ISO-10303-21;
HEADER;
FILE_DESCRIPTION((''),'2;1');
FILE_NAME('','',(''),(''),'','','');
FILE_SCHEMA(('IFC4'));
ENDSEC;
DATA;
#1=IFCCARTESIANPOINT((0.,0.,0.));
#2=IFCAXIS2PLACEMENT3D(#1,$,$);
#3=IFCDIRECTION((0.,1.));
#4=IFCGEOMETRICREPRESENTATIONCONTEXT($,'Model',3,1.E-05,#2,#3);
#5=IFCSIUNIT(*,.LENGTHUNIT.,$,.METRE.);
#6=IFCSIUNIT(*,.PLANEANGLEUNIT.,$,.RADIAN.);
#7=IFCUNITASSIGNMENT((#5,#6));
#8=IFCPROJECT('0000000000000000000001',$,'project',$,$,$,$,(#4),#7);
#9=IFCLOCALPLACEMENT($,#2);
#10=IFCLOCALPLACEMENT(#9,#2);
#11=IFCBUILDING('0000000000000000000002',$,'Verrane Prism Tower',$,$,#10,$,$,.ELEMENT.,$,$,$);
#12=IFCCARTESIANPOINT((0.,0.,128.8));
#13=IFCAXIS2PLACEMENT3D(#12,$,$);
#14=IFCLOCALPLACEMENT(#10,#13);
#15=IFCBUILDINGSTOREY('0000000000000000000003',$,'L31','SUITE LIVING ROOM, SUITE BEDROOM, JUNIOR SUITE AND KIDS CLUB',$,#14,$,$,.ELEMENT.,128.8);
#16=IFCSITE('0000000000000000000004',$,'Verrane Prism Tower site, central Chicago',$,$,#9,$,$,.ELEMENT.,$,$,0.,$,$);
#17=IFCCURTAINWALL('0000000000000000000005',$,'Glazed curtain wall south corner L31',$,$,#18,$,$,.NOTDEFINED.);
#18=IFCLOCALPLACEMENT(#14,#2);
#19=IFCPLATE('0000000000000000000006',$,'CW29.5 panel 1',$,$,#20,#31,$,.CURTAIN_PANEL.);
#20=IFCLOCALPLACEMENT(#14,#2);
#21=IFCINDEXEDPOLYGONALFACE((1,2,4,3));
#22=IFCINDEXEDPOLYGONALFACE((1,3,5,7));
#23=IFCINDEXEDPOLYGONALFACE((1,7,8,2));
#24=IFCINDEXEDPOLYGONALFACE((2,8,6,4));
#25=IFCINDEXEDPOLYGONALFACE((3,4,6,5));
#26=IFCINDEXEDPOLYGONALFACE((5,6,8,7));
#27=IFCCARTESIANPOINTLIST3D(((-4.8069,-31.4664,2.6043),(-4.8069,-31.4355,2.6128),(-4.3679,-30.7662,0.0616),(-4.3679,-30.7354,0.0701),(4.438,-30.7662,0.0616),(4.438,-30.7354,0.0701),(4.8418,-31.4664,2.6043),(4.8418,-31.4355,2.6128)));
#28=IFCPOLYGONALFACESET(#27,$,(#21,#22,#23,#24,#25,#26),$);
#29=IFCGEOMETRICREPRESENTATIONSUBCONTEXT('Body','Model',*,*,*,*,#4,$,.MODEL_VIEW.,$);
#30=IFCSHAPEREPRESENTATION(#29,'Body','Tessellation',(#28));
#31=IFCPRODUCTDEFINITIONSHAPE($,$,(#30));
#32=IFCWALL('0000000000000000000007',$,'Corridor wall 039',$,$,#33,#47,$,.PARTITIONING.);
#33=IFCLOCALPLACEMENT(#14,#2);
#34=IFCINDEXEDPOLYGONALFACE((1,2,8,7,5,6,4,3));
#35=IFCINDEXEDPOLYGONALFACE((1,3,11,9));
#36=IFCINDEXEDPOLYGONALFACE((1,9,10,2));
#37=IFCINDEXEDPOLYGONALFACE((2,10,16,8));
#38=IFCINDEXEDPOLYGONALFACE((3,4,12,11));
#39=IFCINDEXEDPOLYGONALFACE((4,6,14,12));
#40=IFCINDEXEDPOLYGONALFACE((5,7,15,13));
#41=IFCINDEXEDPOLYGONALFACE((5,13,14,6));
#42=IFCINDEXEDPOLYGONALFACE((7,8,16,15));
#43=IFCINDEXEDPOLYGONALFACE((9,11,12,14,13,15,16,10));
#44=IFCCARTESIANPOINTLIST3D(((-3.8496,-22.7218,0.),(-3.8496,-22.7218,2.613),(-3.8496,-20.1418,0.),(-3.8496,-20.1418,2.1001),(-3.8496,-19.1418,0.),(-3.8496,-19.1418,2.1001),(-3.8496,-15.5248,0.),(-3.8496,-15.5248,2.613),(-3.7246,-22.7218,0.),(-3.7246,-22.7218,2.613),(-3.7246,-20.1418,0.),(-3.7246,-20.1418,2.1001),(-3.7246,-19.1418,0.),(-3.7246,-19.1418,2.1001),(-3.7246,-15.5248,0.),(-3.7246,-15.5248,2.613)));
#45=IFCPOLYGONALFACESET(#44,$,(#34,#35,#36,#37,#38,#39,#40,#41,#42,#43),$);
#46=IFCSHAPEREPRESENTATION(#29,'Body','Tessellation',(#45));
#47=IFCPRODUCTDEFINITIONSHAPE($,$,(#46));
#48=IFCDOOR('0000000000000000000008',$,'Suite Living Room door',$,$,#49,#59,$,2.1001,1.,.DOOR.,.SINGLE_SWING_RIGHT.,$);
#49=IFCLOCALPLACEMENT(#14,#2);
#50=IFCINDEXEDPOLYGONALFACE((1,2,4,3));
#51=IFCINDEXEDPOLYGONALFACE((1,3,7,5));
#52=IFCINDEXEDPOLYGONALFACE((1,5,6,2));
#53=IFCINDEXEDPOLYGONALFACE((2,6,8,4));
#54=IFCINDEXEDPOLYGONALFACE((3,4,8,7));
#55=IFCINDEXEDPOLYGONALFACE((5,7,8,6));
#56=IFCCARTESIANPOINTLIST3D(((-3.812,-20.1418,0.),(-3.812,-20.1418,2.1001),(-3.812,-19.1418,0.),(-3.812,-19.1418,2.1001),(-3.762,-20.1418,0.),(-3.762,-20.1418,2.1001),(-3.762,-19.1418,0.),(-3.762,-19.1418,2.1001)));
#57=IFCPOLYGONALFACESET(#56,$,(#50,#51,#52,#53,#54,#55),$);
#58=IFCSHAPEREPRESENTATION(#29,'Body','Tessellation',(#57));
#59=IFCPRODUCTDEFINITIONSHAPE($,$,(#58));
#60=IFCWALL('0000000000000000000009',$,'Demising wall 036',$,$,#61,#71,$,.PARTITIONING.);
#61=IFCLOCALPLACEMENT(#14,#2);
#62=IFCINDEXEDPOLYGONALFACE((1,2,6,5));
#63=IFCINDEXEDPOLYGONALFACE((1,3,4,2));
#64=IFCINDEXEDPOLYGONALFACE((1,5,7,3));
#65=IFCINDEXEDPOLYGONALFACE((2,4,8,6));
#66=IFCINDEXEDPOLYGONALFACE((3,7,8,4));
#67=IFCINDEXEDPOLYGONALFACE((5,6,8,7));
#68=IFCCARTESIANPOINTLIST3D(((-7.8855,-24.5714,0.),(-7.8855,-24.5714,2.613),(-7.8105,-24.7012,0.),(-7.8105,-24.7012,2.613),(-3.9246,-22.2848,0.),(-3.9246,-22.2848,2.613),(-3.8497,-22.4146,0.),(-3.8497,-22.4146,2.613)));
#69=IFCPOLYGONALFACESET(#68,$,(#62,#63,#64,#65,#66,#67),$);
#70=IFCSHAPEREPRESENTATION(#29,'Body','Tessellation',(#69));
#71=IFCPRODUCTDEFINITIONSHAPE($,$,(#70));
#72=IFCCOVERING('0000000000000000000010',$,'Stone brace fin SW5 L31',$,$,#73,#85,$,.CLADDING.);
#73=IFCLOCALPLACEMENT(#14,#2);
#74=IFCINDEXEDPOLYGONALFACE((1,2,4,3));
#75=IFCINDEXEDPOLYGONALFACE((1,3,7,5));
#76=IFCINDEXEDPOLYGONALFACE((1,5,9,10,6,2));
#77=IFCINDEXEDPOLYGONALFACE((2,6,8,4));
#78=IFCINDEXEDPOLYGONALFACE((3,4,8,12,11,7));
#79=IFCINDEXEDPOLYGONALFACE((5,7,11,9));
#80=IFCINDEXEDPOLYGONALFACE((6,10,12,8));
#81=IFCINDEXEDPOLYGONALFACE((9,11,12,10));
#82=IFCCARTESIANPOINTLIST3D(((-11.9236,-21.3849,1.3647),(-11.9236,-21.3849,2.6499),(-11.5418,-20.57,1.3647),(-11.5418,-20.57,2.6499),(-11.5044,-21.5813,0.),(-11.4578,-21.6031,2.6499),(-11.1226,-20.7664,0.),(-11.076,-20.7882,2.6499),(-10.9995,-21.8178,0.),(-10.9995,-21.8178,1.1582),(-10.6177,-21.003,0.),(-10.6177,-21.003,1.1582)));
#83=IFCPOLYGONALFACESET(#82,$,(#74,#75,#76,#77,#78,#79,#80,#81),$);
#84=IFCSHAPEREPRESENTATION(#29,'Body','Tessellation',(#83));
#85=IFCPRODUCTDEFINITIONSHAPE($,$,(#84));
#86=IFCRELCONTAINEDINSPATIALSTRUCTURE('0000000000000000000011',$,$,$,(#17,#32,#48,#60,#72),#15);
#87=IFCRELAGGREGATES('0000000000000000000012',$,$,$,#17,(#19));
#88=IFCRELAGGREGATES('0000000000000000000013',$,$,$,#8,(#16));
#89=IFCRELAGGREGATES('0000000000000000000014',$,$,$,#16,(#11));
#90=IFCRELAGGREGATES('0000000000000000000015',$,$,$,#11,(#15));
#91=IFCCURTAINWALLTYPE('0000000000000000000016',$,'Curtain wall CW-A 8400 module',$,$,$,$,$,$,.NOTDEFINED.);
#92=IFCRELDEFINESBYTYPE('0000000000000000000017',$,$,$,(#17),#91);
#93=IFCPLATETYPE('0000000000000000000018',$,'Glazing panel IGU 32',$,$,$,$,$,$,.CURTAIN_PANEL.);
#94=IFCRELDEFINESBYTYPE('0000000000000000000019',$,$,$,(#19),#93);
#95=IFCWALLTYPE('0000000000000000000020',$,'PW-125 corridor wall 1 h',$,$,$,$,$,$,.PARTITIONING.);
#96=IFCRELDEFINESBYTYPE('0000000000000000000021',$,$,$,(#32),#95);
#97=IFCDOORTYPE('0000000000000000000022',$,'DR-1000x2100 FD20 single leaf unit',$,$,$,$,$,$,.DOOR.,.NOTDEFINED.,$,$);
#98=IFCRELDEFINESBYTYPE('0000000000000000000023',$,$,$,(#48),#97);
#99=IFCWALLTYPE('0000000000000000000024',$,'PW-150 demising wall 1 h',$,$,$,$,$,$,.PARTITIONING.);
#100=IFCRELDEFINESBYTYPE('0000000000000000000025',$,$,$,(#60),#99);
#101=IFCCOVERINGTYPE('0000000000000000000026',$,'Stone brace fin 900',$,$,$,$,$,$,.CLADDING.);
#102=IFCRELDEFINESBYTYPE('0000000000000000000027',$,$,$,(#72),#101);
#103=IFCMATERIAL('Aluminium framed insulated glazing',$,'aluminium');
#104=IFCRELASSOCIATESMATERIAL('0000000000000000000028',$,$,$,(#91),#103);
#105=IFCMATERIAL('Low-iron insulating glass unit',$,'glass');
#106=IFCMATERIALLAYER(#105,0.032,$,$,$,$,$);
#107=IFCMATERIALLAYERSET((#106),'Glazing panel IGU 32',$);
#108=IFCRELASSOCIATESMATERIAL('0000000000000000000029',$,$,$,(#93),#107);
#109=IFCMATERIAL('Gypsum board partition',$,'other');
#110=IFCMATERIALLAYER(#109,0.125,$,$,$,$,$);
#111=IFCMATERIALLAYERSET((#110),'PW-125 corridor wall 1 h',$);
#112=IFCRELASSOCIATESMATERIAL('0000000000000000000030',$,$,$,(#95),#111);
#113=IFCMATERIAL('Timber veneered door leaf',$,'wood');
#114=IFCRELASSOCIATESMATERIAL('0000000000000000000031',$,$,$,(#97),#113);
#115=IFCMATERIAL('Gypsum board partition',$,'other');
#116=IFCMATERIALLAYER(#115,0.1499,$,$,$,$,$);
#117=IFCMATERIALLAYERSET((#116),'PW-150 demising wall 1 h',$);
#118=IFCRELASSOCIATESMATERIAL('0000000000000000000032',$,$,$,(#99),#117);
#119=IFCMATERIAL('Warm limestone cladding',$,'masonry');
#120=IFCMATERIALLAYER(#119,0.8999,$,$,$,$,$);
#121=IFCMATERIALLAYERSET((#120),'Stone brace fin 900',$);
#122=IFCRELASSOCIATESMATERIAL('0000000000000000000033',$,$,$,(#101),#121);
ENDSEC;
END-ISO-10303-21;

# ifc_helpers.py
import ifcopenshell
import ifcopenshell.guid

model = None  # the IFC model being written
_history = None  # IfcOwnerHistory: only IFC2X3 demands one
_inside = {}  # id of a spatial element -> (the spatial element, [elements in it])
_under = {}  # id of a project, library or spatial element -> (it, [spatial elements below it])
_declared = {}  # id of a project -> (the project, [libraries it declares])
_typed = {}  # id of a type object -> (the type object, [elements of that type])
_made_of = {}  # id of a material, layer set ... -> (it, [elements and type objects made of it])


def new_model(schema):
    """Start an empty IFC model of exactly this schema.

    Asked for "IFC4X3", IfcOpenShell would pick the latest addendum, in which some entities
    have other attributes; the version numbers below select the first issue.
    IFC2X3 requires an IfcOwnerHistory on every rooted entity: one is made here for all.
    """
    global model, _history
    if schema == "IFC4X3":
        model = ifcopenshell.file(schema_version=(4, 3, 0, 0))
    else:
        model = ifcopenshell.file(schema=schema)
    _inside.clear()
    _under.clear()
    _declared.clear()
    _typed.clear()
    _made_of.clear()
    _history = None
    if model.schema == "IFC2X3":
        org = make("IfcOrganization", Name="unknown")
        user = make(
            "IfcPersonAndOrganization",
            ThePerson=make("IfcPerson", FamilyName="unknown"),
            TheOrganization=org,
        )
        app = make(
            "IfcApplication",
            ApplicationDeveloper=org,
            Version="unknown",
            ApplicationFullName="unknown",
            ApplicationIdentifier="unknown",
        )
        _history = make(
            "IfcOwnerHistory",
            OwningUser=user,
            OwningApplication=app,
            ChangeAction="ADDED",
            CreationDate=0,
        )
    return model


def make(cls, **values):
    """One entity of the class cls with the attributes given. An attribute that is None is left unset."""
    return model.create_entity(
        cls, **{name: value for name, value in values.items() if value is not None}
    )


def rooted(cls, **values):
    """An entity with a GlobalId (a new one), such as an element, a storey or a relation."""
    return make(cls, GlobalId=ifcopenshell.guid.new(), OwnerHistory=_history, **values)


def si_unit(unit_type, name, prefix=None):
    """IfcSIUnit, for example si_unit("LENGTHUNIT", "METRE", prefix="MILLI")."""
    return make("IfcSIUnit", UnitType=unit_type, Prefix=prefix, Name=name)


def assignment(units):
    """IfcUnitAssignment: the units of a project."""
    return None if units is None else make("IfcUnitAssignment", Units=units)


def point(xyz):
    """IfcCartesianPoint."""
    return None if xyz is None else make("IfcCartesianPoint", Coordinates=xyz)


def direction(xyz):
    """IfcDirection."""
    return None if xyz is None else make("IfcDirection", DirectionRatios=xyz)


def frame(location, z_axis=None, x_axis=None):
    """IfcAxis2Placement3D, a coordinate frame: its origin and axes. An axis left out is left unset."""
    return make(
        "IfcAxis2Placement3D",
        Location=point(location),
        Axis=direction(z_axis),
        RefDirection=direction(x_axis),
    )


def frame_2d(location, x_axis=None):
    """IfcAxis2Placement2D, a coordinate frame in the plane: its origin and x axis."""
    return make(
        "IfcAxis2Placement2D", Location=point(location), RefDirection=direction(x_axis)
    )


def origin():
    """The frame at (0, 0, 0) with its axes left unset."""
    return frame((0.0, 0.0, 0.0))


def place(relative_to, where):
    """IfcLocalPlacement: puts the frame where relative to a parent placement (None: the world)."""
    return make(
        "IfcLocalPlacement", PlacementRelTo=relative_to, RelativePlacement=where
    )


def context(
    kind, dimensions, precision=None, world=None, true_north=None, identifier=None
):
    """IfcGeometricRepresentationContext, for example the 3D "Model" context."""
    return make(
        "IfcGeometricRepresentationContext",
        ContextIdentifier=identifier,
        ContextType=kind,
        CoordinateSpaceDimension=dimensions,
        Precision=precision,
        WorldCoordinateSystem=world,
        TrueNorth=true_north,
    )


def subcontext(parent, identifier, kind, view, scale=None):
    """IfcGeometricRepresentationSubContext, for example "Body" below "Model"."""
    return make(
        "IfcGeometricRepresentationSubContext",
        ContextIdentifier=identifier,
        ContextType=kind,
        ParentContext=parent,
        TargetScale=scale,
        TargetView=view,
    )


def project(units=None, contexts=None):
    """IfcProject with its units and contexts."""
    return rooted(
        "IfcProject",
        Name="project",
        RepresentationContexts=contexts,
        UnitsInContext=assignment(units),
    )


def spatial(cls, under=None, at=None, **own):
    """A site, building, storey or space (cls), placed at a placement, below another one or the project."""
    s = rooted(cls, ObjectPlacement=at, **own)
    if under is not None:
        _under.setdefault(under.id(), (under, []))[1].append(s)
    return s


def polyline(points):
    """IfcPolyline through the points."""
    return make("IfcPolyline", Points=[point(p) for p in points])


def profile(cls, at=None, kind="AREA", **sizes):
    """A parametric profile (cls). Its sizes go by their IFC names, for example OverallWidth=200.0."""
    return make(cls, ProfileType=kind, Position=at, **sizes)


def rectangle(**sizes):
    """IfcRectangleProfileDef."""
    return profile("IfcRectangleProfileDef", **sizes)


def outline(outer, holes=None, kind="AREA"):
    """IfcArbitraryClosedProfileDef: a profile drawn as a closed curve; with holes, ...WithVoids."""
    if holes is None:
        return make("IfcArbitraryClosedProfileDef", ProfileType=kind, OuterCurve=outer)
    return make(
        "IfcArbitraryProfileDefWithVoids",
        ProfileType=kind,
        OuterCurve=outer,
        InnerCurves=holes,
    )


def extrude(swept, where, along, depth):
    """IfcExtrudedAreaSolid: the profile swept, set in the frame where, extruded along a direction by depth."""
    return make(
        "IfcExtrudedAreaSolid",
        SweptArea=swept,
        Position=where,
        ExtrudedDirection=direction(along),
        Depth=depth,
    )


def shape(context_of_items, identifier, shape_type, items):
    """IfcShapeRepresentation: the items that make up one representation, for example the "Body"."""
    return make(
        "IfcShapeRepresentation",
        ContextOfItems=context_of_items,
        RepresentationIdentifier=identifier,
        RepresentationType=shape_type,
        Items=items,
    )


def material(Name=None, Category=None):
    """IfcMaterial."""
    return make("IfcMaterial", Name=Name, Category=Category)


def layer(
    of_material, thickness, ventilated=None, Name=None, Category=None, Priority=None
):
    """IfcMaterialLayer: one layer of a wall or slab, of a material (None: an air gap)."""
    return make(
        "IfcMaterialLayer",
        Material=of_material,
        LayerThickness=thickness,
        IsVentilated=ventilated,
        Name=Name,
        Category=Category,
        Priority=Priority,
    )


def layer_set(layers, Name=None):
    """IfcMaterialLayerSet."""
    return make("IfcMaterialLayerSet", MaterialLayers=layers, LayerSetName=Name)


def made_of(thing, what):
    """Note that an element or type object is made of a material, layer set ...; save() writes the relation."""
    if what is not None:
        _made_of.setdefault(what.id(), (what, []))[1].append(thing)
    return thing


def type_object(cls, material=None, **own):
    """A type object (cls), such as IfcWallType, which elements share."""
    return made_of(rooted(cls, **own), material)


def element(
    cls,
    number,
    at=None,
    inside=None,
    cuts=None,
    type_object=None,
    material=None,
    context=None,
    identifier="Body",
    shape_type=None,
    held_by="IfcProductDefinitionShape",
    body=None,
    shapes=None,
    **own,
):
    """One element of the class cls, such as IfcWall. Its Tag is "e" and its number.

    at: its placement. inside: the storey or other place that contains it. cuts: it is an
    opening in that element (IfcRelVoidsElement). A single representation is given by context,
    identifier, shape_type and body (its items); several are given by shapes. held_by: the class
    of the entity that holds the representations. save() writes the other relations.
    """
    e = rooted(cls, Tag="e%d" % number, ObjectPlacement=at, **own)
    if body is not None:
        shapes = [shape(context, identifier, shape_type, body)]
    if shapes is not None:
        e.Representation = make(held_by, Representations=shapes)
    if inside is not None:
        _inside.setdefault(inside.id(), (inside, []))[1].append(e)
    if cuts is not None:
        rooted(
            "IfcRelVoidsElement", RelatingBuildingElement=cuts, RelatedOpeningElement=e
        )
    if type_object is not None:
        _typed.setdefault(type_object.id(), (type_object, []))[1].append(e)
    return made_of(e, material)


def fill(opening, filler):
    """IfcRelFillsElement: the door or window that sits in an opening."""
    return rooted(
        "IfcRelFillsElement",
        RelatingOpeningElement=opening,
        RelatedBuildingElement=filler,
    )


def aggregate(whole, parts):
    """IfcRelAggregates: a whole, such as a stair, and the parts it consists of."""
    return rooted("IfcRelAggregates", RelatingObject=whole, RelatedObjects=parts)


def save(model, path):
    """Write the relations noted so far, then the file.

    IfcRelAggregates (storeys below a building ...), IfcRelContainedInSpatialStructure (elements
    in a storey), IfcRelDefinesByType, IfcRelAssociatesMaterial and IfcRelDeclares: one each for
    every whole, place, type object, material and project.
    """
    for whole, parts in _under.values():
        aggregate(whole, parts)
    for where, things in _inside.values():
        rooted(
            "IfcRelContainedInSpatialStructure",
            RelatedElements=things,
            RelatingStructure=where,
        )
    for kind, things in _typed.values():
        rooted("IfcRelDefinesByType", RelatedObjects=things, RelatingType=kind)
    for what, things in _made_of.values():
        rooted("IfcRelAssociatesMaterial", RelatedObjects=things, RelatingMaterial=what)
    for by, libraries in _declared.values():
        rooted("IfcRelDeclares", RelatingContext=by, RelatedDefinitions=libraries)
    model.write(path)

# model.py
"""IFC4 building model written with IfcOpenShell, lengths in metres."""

from ifc_helpers import new_model, si_unit, direction, frame, frame_2d, origin, place, context, subcontext, project, spatial, polyline, rectangle, outline, extrude, material, layer, layer_set, type_object, element, fill, aggregate, save


model = new_model("IFC4")

# Units and contexts
model_context = context("Model", 3, precision=1e-05, world=origin(), true_north=direction((0.0, 1.0)))
body_context = subcontext(model_context, "Body", "Model", "MODEL_VIEW")
ifc_project = project(units=[si_unit("LENGTHUNIT", "METRE"), si_unit("PLANEANGLEUNIT", "RADIAN")], contexts=[model_context])

# Site, building, storey
site_placement = place(None, origin())
site = spatial("IfcSite", under=ifc_project, at=site_placement, Name="Verrane Prism Tower site, central Chicago", CompositionType="ELEMENT", RefElevation=0.0)
building_placement = place(site_placement, origin())
building = spatial("IfcBuilding", under=site, at=building_placement, Name="Verrane Prism Tower", CompositionType="ELEMENT")
storey_placement = place(building_placement, frame((0.0, 0.0, 128.8)))
storey = spatial("IfcBuildingStorey", under=building, at=storey_placement, Name="L31", Description="SUITE LIVING ROOM, SUITE BEDROOM, JUNIOR SUITE AND KIDS CLUB", CompositionType="ELEMENT", Elevation=128.8)

# Curtain wall
ifc_material_1 = material(Name="Aluminium framed insulated glazing", Category="aluminium")
curtain_wall_type_1 = type_object("IfcCurtainWallType", Name="Curtain wall CW-A 8400 module", PredefinedType="NOTDEFINED", material=ifc_material_1)
curtain_wall_1_placement = place(storey_placement, origin())
curtain_wall_1 = element("IfcCurtainWall", 1, at=curtain_wall_1_placement, inside=storey, type_object=curtain_wall_type_1, Name="Glazed curtain wall south corner L31", PredefinedType="NOTDEFINED")

# Plate
ifc_material_2 = material(Name="Low-iron insulating glass unit", Category="glass")
ifc_layer_1 = layer(ifc_material_2, 0.032)
ifc_layer_set_1 = layer_set([ifc_layer_1], Name="Glazing panel IGU 32")
plate_type_1 = type_object("IfcPlateType", Name="Glazing panel IGU 32", PredefinedType="CURTAIN_PANEL", material=ifc_layer_set_1)
plate_1_placement = place(storey_placement, frame((-4.3679, -30.7354, 0.0701), z_axis=(0.0, 0.964114, 0.26549), x_axis=(1.0, 0.0, 0.0)))
plate_1 = element("IfcPlate", 2, at=plate_1_placement, type_object=plate_type_1, Name="CW29.5 panel 1", PredefinedType="CURTAIN_PANEL", context=body_context, shape_type="SweptSolid", body=[
    extrude(outline(polyline([(0.0, 0.0), (8.8059, 0.0), (9.2097, -2.6374), (-0.439, -2.6374), (0.0, 0.0)])), origin(), (0.0, 0.0, -1.0), 0.032),
])
aggregate(curtain_wall_1, [plate_1])

# Wall, opening, door
ifc_material_3 = material(Name="Gypsum board partition", Category="other")
ifc_layer_2 = layer(ifc_material_3, 0.125)
ifc_layer_set_2 = layer_set([ifc_layer_2], Name="PW-125 corridor wall 1 h")
wall_type_1 = type_object("IfcWallType", Name="PW-125 corridor wall 1 h", PredefinedType="PARTITIONING", material=ifc_layer_set_2)
wall_1_placement = place(storey_placement, frame((-3.7871, -22.7219, 0.0), z_axis=(0.0, 0.0, 1.0), x_axis=(0.0, 1.0, 0.0)))
wall_1 = element("IfcWall", 3, at=wall_1_placement, inside=storey, type_object=wall_type_1, Name="Corridor wall 039", PredefinedType="PARTITIONING", context=body_context, shape_type="SweptSolid", body=[
    extrude(rectangle(XDim=7.197, YDim=0.125, at=frame_2d((3.5986, 0.0))), origin(), (0.0, 0.0, 1.0), 2.613),
])
opening_placement = place(wall_1_placement, frame((2.5801, 0.0, 0.0)))
opening = element("IfcOpeningElement", 4, at=opening_placement, cuts=wall_1, PredefinedType="OPENING", context=body_context, shape_type="SweptSolid", body=[
    extrude(rectangle(XDim=1.0, YDim=2.1001, at=frame_2d((0.5, 1.05))), frame((0.0, 0.0725, 0.0), z_axis=(0.0, -1.0, 0.0), x_axis=(1.0, 0.0, 0.0)), (0.0, 0.0, 1.0), 0.145),
])
ifc_material_4 = material(Name="Timber veneered door leaf", Category="wood")
door_type = type_object("IfcDoorType", Name="DR-1000x2100 FD20 single leaf unit", OperationType="NOTDEFINED", PredefinedType="DOOR", material=ifc_material_4)
door_placement = place(opening_placement, origin())
door = element("IfcDoor", 5, at=door_placement, inside=storey, type_object=door_type, Name="Suite Living Room door", OperationType="SINGLE_SWING_RIGHT", OverallHeight=2.1001, OverallWidth=1.0, PredefinedType="DOOR", context=body_context, shape_type="SweptSolid", body=[
    extrude(rectangle(XDim=1.0, YDim=2.1001, at=frame_2d((0.5, 1.05))), frame((0.0, 0.0249, 0.0), z_axis=(0.0, -1.0, 0.0), x_axis=(1.0, 0.0, 0.0)), (0.0, 0.0, 1.0), 0.05),
])
fill(opening, door)

# Wall
ifc_material_5 = material(Name="Gypsum board partition", Category="other")
ifc_layer_3 = layer(ifc_material_5, 0.1499)
ifc_layer_set_3 = layer_set([ifc_layer_3], Name="PW-150 demising wall 1 h")
wall_type_2 = type_object("IfcWallType", Name="PW-150 demising wall 1 h", PredefinedType="PARTITIONING", material=ifc_layer_set_3)
wall_2_placement = place(storey_placement, frame((-7.8479, -24.6362, 0.0), z_axis=(0.0, 0.0, 1.0), x_axis=(0.866047, 0.499963, 0.0)))
element("IfcWall", 6, at=wall_2_placement, inside=storey, type_object=wall_type_2, Name="Demising wall 036", PredefinedType="PARTITIONING", context=body_context, shape_type="SweptSolid", body=[
    extrude(rectangle(XDim=4.5735, YDim=0.1499, at=frame_2d((2.2866, 0.0))), origin(), (0.0, 0.0, 1.0), 2.613),
])

# Covering
ifc_material_6 = material(Name="Warm limestone cladding", Category="masonry")
ifc_layer_4 = layer(ifc_material_6, 0.8999)
ifc_layer_set_4 = layer_set([ifc_layer_4], Name="Stone brace fin 900")
covering_type = type_object("IfcCoveringType", Name="Stone brace fin 900", PredefinedType="CLADDING", material=ifc_layer_set_4)
covering_placement = place(storey_placement, frame((-10.8086, -21.4104, 0.0), z_axis=(0.0, 0.0, 1.0), x_axis=(-0.905528, 0.424287, 0.0)))
element("IfcCovering", 7, at=covering_placement, inside=storey, type_object=covering_type, Name="Stone brace fin SW5 L31", PredefinedType="CLADDING", context=body_context, shape_type="SweptSolid", body=[
    extrude(outline(polyline([(1.0205, 2.6499), (0.5061, 2.6499), (0.0, 1.1582), (0.0, 0.0), (0.5576, 0.0), (1.0205, 1.3647), (1.0205, 2.6499)])), frame((0.0, 0.45, 0.0), z_axis=(0.0, -1.0, 0.0), x_axis=(1.0, 0.0, 0.0)), (0.0, 0.0, 1.0), 0.8999),
])

save(model, "model.ifc")
